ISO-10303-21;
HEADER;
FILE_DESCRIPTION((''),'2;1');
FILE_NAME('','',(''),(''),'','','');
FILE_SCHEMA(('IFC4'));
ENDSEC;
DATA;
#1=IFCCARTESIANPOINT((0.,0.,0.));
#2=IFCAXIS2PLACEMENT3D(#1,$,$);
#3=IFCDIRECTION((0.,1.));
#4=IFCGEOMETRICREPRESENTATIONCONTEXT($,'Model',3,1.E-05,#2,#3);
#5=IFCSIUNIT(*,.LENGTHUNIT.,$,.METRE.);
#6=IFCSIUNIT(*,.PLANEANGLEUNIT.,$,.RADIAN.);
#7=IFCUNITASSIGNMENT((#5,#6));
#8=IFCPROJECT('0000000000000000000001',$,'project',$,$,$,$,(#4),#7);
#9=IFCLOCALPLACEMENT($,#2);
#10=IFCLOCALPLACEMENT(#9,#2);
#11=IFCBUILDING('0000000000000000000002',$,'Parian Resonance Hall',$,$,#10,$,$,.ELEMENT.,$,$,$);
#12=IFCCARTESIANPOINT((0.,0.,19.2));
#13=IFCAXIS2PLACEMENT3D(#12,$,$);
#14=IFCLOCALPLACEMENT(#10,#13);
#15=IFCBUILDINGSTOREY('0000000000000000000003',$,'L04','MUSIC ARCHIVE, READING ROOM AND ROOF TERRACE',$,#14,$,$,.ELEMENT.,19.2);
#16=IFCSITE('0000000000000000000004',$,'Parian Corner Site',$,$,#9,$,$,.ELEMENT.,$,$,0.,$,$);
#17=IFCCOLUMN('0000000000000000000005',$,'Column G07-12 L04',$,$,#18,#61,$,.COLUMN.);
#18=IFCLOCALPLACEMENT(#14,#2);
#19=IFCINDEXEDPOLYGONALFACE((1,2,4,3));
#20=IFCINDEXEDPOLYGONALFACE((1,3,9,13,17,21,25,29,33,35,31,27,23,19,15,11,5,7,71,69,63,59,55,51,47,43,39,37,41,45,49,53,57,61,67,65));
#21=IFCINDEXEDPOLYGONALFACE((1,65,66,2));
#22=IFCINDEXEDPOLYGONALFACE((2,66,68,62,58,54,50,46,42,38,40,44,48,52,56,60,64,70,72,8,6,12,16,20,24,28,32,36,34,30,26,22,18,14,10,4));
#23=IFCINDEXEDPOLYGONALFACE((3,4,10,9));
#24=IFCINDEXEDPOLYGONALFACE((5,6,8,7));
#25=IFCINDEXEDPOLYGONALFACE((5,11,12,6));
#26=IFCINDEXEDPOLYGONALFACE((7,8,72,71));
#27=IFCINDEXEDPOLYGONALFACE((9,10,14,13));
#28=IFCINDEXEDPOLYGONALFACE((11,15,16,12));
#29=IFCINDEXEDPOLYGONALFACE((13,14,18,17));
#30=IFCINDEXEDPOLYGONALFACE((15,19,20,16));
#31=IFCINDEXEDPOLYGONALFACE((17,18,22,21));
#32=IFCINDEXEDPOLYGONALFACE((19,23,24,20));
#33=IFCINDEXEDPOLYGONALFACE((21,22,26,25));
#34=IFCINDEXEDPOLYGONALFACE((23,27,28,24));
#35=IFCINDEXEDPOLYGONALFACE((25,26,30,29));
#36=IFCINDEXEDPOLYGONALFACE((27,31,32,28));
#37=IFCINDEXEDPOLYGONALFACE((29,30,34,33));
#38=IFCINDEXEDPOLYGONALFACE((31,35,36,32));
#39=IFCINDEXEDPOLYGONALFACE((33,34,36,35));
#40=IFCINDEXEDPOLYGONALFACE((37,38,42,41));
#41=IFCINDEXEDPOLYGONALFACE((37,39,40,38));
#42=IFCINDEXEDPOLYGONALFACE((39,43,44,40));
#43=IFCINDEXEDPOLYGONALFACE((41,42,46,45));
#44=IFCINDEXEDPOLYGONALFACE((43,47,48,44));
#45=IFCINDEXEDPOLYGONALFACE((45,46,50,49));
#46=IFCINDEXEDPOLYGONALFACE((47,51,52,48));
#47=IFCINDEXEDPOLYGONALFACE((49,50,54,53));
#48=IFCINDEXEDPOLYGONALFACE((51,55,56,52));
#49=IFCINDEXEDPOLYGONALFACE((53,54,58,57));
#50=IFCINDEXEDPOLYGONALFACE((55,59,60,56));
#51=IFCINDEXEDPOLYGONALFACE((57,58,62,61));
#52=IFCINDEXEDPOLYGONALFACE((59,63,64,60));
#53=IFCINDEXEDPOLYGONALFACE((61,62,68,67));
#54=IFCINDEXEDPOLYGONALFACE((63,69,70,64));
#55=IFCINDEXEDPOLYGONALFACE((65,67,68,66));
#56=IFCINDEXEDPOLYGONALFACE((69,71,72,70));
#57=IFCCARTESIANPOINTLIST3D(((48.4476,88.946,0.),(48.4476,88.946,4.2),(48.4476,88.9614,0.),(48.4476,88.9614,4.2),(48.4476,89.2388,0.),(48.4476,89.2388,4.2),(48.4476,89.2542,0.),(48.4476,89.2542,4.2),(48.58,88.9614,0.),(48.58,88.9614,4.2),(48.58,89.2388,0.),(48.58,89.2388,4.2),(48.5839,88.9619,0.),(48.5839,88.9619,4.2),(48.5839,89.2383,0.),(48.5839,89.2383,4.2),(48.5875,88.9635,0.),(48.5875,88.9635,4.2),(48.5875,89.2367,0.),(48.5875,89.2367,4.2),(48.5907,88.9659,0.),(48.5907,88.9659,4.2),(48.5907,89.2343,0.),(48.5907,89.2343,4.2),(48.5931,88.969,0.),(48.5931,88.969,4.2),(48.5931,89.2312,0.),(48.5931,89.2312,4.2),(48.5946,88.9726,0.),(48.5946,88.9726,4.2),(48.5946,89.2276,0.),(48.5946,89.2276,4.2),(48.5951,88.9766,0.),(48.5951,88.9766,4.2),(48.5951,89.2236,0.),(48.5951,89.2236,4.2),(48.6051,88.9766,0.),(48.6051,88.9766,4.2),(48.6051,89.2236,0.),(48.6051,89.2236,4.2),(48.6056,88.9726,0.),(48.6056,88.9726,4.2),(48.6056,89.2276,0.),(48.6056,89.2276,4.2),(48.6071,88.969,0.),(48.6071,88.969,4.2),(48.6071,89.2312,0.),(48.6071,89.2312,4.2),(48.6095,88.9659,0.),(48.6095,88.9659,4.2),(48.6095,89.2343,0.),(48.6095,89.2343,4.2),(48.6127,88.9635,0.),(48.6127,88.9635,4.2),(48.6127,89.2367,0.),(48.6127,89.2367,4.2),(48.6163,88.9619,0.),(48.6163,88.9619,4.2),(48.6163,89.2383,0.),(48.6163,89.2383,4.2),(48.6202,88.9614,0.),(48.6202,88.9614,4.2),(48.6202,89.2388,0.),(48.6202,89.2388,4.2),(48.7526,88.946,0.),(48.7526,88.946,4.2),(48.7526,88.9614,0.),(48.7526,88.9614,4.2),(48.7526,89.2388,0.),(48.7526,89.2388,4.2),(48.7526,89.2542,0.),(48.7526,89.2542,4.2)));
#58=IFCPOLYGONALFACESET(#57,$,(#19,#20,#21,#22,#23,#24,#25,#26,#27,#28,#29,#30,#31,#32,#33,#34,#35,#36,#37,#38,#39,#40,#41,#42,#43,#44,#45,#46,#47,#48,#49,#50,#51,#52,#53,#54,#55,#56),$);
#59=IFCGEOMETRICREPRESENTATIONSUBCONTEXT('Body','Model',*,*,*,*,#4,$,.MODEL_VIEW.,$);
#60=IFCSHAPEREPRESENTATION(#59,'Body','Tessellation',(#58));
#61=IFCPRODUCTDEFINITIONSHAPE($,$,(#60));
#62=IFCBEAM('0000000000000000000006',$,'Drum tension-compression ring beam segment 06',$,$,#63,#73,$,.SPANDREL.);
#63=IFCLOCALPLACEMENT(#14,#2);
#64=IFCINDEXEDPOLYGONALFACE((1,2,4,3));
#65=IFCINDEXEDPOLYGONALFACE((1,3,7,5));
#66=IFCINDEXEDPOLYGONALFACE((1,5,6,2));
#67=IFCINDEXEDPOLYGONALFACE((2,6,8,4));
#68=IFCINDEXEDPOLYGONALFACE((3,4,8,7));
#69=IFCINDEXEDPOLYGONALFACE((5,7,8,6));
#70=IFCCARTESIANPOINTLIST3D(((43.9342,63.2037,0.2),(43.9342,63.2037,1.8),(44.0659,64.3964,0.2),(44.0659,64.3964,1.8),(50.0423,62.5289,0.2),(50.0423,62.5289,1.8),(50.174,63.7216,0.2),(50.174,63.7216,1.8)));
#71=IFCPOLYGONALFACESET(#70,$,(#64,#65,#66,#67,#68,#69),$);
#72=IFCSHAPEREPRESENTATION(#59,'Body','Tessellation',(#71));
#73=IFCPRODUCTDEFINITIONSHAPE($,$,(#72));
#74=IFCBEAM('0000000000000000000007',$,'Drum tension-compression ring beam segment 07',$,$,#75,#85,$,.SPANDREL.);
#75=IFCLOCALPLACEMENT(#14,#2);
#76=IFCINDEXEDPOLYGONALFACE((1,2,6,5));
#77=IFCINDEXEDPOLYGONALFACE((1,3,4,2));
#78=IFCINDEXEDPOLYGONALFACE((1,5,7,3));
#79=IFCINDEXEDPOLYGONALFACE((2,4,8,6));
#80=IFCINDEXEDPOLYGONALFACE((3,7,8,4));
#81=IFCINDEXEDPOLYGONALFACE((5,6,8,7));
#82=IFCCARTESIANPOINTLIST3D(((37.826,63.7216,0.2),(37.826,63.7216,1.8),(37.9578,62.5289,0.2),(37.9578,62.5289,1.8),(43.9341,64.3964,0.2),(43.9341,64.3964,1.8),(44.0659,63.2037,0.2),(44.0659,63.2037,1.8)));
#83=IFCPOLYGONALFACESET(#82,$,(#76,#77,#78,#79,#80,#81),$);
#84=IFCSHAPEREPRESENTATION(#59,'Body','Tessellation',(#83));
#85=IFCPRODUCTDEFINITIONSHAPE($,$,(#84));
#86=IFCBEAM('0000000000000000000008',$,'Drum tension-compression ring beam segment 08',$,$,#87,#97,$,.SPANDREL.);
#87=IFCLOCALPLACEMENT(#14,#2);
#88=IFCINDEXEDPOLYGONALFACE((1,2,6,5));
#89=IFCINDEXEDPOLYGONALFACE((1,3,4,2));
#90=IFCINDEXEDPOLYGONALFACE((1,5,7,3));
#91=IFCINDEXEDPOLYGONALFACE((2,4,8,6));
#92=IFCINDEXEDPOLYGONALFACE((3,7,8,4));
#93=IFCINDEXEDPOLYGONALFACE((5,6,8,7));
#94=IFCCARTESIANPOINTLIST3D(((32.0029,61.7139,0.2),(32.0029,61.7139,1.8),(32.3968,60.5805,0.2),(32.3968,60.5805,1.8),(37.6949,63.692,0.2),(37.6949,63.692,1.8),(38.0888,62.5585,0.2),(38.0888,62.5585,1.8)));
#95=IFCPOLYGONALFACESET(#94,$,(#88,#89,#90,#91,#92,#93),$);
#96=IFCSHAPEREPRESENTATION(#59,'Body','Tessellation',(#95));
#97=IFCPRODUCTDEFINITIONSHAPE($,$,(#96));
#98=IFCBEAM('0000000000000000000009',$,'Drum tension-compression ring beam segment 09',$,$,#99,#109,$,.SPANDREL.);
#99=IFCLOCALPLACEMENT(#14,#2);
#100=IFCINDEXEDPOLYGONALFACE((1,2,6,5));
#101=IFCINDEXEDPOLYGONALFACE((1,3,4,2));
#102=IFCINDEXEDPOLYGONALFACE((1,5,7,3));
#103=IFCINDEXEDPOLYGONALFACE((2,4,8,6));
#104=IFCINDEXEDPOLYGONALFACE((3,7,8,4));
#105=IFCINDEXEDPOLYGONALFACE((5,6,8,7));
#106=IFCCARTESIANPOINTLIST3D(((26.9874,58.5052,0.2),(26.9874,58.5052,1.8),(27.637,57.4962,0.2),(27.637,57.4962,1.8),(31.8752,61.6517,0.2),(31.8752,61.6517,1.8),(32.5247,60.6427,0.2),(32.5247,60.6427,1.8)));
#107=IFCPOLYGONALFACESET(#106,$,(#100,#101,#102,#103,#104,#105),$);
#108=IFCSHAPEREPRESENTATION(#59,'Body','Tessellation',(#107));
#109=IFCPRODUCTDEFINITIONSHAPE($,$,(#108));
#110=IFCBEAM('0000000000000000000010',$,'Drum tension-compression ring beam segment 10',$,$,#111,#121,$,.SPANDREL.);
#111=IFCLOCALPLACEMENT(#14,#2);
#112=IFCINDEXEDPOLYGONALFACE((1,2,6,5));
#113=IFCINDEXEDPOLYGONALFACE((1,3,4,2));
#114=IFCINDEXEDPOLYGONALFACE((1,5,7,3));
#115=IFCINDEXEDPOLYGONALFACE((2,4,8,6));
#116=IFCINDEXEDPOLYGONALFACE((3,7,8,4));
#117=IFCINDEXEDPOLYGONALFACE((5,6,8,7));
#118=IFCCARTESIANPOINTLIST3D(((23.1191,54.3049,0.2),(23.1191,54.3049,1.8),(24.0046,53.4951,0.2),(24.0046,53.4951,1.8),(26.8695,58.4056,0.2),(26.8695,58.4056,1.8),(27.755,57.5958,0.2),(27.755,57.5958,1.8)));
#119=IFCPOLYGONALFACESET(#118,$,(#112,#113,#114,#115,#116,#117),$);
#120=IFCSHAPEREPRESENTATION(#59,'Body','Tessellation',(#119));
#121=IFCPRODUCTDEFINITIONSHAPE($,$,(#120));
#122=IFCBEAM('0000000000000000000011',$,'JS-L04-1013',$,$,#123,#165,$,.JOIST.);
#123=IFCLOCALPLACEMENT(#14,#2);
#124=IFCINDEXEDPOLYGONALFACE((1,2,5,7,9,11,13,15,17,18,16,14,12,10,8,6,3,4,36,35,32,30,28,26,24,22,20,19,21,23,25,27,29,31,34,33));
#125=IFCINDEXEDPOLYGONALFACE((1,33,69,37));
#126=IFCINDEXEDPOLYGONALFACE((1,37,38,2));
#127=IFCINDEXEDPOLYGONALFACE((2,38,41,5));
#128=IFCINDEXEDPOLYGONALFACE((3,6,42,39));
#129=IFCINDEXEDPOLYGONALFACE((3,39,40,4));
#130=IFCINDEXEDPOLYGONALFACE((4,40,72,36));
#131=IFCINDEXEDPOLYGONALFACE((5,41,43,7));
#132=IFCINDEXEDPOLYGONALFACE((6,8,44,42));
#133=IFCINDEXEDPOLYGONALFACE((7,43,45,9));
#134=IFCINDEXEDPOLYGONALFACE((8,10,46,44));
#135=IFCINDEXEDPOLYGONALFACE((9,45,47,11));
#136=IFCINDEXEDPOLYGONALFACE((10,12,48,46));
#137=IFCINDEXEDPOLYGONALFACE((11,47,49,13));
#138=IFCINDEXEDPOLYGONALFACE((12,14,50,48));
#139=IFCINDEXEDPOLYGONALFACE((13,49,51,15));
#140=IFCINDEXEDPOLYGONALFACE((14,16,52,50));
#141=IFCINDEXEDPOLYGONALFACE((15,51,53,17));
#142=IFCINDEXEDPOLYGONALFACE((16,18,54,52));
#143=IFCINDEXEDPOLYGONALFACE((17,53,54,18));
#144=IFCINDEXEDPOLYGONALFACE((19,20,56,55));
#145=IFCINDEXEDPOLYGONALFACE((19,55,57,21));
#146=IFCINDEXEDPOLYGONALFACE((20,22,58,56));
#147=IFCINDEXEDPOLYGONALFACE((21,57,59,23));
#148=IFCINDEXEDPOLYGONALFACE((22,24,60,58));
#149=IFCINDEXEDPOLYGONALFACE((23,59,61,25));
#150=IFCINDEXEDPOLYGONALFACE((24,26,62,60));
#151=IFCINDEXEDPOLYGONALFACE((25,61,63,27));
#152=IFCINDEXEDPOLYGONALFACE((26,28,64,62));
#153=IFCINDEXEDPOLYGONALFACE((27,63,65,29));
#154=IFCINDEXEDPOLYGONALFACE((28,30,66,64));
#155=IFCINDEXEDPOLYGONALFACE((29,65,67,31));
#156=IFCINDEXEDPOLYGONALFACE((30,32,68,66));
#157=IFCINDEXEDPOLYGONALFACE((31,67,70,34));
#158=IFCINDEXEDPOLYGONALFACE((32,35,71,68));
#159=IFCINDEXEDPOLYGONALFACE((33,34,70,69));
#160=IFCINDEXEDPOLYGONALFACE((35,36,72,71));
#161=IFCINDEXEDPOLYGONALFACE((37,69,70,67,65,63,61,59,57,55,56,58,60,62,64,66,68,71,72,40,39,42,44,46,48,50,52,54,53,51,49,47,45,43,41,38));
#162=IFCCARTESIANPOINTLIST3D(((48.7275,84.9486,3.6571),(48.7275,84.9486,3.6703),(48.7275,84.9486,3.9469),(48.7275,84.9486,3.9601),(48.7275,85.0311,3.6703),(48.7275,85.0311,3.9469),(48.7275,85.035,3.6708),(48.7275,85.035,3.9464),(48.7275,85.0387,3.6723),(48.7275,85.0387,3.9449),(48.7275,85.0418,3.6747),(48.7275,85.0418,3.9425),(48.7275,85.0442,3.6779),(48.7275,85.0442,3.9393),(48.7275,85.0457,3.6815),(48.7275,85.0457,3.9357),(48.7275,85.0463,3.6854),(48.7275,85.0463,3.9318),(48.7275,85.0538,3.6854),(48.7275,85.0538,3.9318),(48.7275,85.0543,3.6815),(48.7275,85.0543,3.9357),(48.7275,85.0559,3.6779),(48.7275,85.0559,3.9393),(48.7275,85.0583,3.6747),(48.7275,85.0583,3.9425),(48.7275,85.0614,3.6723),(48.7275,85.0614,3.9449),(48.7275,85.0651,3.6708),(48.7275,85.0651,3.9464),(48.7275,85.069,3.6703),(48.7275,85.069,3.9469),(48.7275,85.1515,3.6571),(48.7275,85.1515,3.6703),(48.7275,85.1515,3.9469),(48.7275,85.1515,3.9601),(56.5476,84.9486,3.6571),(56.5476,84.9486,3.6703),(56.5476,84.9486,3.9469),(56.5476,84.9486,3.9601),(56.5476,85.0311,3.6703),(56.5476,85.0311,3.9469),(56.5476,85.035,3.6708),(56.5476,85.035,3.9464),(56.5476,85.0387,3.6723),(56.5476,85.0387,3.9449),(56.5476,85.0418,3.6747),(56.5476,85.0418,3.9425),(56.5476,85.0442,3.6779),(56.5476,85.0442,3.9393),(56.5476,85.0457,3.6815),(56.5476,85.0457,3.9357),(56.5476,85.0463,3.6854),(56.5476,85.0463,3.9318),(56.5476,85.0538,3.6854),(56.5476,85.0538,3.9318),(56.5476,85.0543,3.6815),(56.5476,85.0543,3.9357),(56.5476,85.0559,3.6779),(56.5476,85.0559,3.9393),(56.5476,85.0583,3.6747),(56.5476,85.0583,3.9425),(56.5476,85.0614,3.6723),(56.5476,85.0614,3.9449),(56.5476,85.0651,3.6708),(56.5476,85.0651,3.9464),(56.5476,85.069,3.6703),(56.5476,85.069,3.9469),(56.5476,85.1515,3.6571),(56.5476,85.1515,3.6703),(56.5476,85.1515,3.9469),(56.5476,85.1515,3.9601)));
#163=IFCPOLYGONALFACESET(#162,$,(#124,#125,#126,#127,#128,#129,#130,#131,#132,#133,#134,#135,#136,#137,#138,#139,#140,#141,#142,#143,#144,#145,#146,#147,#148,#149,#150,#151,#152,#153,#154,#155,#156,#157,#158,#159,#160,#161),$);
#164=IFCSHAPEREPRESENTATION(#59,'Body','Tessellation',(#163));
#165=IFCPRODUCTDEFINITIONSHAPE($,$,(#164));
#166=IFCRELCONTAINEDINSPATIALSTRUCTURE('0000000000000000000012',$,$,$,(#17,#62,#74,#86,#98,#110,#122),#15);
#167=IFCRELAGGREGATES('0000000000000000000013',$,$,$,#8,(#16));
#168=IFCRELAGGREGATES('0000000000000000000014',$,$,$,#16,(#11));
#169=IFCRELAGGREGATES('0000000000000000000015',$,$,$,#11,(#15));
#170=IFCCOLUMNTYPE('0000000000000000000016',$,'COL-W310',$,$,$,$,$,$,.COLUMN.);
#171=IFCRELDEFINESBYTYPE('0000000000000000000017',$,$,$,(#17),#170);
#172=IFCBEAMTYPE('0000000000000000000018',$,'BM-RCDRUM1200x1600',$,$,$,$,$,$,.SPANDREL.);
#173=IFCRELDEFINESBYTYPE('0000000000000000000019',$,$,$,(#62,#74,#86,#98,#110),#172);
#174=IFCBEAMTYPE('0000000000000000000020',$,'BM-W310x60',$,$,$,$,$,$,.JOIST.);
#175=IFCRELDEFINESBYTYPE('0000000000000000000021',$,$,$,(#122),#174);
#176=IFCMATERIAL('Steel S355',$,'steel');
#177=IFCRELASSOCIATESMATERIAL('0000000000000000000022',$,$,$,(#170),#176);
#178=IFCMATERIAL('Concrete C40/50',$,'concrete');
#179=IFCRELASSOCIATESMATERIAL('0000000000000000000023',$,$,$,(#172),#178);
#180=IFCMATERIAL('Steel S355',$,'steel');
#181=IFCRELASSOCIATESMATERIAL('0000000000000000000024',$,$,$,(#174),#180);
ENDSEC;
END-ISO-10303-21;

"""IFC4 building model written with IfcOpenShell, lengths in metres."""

from ifc_helpers import new_model, si_unit, direction, frame, origin, origin_2d, place, context, subcontext, project, spatial, rectangle, i_section, extrude, material, material_profile, profile_set, type_object, element, save


model = new_model("IFC4")

# Units and contexts
model_context = context("Model", 3, precision=1e-05, world=origin(), true_north=direction((0.0, 1.0)))
body_context = subcontext(model_context, "Body", "Model", "MODEL_VIEW")
ifc_project = project(units=[si_unit("LENGTHUNIT", "METRE"), si_unit("PLANEANGLEUNIT", "RADIAN")], contexts=[model_context])

# Site, building, storey
site_placement = place(None, origin())
site = spatial("IfcSite", under=ifc_project, at=site_placement, Name="Parian Corner Site", CompositionType="ELEMENT", RefElevation=0.0)
building_placement = place(site_placement, origin())
building = spatial("IfcBuilding", under=site, at=building_placement, Name="Parian Resonance Hall", CompositionType="ELEMENT")
storey_placement = place(building_placement, frame((0.0, 0.0, 19.2)))
storey = spatial("IfcBuildingStorey", under=building, at=storey_placement, Name="L04", Description="MUSIC ARCHIVE, READING ROOM AND ROOF TERRACE", CompositionType="ELEMENT", Elevation=19.2)

# Column
ifc_material_1 = material(Name="Steel S355", Category="steel")
ifc_material_profile_1 = material_profile(ifc_material_1, i_section(OverallWidth=0.3049, OverallDepth=0.3081, WebThickness=0.01, FlangeThickness=0.0154, FilletRadius=0.0151, at=origin_2d()), Name="W310x97")
ifc_profile_set_1 = profile_set([ifc_material_profile_1], Name="Steel S355")
column_type_1 = type_object("IfcColumnType", Name="COL-W310", PredefinedType="COLUMN", material=ifc_profile_set_1)
column_placement = place(storey_placement, frame((48.6001, 89.1001, 0.0), z_axis=(0.0, 0.0, 1.0), x_axis=(1.0, 0.0, 0.0)))
element("IfcColumn", 1, at=column_placement, inside=storey, type_object=column_type_1, Name="Column G07-12 L04", PredefinedType="COLUMN", context=body_context, shape_type="SweptSolid", body=[
    extrude(i_section(OverallWidth=0.3049, OverallDepth=0.3081, WebThickness=0.01, FlangeThickness=0.0154, FilletRadius=0.0151, at=origin_2d()), origin(), (0.0, 0.0, 1.0), 4.2),
])

# Beams
ifc_material_2 = material(Name="Concrete C40/50", Category="concrete")
ifc_material_profile_2 = material_profile(ifc_material_2, rectangle(XDim=1.2, YDim=1.6001, at=origin_2d()), Name="RC-DRUM-1200x1600")
ifc_profile_set_2 = profile_set([ifc_material_profile_2], Name="Concrete C40/50")
beam_type_1 = type_object("IfcBeamType", Name="BM-RCDRUM1200x1600", PredefinedType="SPANDREL", material=ifc_profile_set_2)
for number, where, z_axis, x_axis, name in (
    (2, (50.1082, 63.1252, 1.0), (-0.993953, 0.109808, 0.0), (-0.109808, -0.993953, 0.0), "Drum tension-compression ring beam segment 06"),
    (3, (44.0, 63.8, 1.0), (-0.993953, -0.109808, 0.0), (0.109808, -0.993953, 0.0), "Drum tension-compression ring beam segment 07"),
):
    element("IfcBeam", number, at=place(storey_placement, frame(where, z_axis=z_axis, x_axis=x_axis)), inside=storey, type_object=beam_type_1, Name=name, PredefinedType="SPANDREL", context=body_context, shape_type="SweptSolid", body=[
        extrude(rectangle(XDim=1.2, YDim=1.6001, at=origin_2d()), origin(), (0.0, 0.0, 1.0), 6.1453),
    ])
beam_1_placement = place(storey_placement, frame((37.8918, 63.1252, 1.0), z_axis=(-0.944587, -0.32826, 0.0), x_axis=(0.32826, -0.944587, 0.0)))
element("IfcBeam", 4, at=beam_1_placement, inside=storey, type_object=beam_type_1, Name="Drum tension-compression ring beam segment 08", PredefinedType="SPANDREL", context=body_context, shape_type="SweptSolid", body=[
    extrude(rectangle(XDim=1.2, YDim=1.6001, at=origin_2d()), origin(), (0.0, 0.0, 1.0), 6.0259),
])
beam_2_placement = place(storey_placement, frame((32.2, 61.1472, 1.0), z_axis=(-0.840834, -0.541292, 0.0), x_axis=(0.541292, -0.840834, 0.0)))
element("IfcBeam", 5, at=beam_2_placement, inside=storey, type_object=beam_type_1, Name="Drum tension-compression ring beam segment 09", PredefinedType="SPANDREL", context=body_context, shape_type="SweptSolid", body=[
    extrude(rectangle(XDim=1.2, YDim=1.6001, at=origin_2d()), origin(), (0.0, 0.0, 1.0), 5.813),
])
beam_3_placement = place(storey_placement, frame((27.3123, 58.0007, 1.0), z_axis=(-0.674883, -0.737925, 0.0), x_axis=(0.737925, -0.674883, 0.0)))
element("IfcBeam", 6, at=beam_3_placement, inside=storey, type_object=beam_type_1, Name="Drum tension-compression ring beam segment 10", PredefinedType="SPANDREL", context=body_context, shape_type="SweptSolid", body=[
    extrude(rectangle(XDim=1.2, YDim=1.6001, at=origin_2d()), origin(), (0.0, 0.0, 1.0), 5.5571),
])
ifc_material_3 = material(Name="Steel S355", Category="steel")
ifc_material_profile_3 = material_profile(ifc_material_3, i_section(OverallWidth=0.2029, OverallDepth=0.303, WebThickness=0.0076, FlangeThickness=0.0132, FilletRadius=0.0151, at=origin_2d()), Name="W310x60")
ifc_profile_set_3 = profile_set([ifc_material_profile_3], Name="Steel S355")
beam_type_2 = type_object("IfcBeamType", Name="BM-W310x60", PredefinedType="JOIST", material=ifc_profile_set_3)
beam_4_placement = place(storey_placement, frame((48.7275, 85.05, 3.8086), z_axis=(1.0, 0.0, 0.0), x_axis=(0.0, 1.0, 0.0)))
element("IfcBeam", 7, at=beam_4_placement, inside=storey, type_object=beam_type_2, Name="JS-L04-1013", PredefinedType="JOIST", context=body_context, shape_type="SweptSolid", body=[
    extrude(i_section(OverallWidth=0.2029, OverallDepth=0.303, WebThickness=0.0076, FlangeThickness=0.0132, FilletRadius=0.0151, at=origin_2d()), origin(), (0.0, 0.0, 1.0), 7.8201),
])

save(model, "model.ifc")
